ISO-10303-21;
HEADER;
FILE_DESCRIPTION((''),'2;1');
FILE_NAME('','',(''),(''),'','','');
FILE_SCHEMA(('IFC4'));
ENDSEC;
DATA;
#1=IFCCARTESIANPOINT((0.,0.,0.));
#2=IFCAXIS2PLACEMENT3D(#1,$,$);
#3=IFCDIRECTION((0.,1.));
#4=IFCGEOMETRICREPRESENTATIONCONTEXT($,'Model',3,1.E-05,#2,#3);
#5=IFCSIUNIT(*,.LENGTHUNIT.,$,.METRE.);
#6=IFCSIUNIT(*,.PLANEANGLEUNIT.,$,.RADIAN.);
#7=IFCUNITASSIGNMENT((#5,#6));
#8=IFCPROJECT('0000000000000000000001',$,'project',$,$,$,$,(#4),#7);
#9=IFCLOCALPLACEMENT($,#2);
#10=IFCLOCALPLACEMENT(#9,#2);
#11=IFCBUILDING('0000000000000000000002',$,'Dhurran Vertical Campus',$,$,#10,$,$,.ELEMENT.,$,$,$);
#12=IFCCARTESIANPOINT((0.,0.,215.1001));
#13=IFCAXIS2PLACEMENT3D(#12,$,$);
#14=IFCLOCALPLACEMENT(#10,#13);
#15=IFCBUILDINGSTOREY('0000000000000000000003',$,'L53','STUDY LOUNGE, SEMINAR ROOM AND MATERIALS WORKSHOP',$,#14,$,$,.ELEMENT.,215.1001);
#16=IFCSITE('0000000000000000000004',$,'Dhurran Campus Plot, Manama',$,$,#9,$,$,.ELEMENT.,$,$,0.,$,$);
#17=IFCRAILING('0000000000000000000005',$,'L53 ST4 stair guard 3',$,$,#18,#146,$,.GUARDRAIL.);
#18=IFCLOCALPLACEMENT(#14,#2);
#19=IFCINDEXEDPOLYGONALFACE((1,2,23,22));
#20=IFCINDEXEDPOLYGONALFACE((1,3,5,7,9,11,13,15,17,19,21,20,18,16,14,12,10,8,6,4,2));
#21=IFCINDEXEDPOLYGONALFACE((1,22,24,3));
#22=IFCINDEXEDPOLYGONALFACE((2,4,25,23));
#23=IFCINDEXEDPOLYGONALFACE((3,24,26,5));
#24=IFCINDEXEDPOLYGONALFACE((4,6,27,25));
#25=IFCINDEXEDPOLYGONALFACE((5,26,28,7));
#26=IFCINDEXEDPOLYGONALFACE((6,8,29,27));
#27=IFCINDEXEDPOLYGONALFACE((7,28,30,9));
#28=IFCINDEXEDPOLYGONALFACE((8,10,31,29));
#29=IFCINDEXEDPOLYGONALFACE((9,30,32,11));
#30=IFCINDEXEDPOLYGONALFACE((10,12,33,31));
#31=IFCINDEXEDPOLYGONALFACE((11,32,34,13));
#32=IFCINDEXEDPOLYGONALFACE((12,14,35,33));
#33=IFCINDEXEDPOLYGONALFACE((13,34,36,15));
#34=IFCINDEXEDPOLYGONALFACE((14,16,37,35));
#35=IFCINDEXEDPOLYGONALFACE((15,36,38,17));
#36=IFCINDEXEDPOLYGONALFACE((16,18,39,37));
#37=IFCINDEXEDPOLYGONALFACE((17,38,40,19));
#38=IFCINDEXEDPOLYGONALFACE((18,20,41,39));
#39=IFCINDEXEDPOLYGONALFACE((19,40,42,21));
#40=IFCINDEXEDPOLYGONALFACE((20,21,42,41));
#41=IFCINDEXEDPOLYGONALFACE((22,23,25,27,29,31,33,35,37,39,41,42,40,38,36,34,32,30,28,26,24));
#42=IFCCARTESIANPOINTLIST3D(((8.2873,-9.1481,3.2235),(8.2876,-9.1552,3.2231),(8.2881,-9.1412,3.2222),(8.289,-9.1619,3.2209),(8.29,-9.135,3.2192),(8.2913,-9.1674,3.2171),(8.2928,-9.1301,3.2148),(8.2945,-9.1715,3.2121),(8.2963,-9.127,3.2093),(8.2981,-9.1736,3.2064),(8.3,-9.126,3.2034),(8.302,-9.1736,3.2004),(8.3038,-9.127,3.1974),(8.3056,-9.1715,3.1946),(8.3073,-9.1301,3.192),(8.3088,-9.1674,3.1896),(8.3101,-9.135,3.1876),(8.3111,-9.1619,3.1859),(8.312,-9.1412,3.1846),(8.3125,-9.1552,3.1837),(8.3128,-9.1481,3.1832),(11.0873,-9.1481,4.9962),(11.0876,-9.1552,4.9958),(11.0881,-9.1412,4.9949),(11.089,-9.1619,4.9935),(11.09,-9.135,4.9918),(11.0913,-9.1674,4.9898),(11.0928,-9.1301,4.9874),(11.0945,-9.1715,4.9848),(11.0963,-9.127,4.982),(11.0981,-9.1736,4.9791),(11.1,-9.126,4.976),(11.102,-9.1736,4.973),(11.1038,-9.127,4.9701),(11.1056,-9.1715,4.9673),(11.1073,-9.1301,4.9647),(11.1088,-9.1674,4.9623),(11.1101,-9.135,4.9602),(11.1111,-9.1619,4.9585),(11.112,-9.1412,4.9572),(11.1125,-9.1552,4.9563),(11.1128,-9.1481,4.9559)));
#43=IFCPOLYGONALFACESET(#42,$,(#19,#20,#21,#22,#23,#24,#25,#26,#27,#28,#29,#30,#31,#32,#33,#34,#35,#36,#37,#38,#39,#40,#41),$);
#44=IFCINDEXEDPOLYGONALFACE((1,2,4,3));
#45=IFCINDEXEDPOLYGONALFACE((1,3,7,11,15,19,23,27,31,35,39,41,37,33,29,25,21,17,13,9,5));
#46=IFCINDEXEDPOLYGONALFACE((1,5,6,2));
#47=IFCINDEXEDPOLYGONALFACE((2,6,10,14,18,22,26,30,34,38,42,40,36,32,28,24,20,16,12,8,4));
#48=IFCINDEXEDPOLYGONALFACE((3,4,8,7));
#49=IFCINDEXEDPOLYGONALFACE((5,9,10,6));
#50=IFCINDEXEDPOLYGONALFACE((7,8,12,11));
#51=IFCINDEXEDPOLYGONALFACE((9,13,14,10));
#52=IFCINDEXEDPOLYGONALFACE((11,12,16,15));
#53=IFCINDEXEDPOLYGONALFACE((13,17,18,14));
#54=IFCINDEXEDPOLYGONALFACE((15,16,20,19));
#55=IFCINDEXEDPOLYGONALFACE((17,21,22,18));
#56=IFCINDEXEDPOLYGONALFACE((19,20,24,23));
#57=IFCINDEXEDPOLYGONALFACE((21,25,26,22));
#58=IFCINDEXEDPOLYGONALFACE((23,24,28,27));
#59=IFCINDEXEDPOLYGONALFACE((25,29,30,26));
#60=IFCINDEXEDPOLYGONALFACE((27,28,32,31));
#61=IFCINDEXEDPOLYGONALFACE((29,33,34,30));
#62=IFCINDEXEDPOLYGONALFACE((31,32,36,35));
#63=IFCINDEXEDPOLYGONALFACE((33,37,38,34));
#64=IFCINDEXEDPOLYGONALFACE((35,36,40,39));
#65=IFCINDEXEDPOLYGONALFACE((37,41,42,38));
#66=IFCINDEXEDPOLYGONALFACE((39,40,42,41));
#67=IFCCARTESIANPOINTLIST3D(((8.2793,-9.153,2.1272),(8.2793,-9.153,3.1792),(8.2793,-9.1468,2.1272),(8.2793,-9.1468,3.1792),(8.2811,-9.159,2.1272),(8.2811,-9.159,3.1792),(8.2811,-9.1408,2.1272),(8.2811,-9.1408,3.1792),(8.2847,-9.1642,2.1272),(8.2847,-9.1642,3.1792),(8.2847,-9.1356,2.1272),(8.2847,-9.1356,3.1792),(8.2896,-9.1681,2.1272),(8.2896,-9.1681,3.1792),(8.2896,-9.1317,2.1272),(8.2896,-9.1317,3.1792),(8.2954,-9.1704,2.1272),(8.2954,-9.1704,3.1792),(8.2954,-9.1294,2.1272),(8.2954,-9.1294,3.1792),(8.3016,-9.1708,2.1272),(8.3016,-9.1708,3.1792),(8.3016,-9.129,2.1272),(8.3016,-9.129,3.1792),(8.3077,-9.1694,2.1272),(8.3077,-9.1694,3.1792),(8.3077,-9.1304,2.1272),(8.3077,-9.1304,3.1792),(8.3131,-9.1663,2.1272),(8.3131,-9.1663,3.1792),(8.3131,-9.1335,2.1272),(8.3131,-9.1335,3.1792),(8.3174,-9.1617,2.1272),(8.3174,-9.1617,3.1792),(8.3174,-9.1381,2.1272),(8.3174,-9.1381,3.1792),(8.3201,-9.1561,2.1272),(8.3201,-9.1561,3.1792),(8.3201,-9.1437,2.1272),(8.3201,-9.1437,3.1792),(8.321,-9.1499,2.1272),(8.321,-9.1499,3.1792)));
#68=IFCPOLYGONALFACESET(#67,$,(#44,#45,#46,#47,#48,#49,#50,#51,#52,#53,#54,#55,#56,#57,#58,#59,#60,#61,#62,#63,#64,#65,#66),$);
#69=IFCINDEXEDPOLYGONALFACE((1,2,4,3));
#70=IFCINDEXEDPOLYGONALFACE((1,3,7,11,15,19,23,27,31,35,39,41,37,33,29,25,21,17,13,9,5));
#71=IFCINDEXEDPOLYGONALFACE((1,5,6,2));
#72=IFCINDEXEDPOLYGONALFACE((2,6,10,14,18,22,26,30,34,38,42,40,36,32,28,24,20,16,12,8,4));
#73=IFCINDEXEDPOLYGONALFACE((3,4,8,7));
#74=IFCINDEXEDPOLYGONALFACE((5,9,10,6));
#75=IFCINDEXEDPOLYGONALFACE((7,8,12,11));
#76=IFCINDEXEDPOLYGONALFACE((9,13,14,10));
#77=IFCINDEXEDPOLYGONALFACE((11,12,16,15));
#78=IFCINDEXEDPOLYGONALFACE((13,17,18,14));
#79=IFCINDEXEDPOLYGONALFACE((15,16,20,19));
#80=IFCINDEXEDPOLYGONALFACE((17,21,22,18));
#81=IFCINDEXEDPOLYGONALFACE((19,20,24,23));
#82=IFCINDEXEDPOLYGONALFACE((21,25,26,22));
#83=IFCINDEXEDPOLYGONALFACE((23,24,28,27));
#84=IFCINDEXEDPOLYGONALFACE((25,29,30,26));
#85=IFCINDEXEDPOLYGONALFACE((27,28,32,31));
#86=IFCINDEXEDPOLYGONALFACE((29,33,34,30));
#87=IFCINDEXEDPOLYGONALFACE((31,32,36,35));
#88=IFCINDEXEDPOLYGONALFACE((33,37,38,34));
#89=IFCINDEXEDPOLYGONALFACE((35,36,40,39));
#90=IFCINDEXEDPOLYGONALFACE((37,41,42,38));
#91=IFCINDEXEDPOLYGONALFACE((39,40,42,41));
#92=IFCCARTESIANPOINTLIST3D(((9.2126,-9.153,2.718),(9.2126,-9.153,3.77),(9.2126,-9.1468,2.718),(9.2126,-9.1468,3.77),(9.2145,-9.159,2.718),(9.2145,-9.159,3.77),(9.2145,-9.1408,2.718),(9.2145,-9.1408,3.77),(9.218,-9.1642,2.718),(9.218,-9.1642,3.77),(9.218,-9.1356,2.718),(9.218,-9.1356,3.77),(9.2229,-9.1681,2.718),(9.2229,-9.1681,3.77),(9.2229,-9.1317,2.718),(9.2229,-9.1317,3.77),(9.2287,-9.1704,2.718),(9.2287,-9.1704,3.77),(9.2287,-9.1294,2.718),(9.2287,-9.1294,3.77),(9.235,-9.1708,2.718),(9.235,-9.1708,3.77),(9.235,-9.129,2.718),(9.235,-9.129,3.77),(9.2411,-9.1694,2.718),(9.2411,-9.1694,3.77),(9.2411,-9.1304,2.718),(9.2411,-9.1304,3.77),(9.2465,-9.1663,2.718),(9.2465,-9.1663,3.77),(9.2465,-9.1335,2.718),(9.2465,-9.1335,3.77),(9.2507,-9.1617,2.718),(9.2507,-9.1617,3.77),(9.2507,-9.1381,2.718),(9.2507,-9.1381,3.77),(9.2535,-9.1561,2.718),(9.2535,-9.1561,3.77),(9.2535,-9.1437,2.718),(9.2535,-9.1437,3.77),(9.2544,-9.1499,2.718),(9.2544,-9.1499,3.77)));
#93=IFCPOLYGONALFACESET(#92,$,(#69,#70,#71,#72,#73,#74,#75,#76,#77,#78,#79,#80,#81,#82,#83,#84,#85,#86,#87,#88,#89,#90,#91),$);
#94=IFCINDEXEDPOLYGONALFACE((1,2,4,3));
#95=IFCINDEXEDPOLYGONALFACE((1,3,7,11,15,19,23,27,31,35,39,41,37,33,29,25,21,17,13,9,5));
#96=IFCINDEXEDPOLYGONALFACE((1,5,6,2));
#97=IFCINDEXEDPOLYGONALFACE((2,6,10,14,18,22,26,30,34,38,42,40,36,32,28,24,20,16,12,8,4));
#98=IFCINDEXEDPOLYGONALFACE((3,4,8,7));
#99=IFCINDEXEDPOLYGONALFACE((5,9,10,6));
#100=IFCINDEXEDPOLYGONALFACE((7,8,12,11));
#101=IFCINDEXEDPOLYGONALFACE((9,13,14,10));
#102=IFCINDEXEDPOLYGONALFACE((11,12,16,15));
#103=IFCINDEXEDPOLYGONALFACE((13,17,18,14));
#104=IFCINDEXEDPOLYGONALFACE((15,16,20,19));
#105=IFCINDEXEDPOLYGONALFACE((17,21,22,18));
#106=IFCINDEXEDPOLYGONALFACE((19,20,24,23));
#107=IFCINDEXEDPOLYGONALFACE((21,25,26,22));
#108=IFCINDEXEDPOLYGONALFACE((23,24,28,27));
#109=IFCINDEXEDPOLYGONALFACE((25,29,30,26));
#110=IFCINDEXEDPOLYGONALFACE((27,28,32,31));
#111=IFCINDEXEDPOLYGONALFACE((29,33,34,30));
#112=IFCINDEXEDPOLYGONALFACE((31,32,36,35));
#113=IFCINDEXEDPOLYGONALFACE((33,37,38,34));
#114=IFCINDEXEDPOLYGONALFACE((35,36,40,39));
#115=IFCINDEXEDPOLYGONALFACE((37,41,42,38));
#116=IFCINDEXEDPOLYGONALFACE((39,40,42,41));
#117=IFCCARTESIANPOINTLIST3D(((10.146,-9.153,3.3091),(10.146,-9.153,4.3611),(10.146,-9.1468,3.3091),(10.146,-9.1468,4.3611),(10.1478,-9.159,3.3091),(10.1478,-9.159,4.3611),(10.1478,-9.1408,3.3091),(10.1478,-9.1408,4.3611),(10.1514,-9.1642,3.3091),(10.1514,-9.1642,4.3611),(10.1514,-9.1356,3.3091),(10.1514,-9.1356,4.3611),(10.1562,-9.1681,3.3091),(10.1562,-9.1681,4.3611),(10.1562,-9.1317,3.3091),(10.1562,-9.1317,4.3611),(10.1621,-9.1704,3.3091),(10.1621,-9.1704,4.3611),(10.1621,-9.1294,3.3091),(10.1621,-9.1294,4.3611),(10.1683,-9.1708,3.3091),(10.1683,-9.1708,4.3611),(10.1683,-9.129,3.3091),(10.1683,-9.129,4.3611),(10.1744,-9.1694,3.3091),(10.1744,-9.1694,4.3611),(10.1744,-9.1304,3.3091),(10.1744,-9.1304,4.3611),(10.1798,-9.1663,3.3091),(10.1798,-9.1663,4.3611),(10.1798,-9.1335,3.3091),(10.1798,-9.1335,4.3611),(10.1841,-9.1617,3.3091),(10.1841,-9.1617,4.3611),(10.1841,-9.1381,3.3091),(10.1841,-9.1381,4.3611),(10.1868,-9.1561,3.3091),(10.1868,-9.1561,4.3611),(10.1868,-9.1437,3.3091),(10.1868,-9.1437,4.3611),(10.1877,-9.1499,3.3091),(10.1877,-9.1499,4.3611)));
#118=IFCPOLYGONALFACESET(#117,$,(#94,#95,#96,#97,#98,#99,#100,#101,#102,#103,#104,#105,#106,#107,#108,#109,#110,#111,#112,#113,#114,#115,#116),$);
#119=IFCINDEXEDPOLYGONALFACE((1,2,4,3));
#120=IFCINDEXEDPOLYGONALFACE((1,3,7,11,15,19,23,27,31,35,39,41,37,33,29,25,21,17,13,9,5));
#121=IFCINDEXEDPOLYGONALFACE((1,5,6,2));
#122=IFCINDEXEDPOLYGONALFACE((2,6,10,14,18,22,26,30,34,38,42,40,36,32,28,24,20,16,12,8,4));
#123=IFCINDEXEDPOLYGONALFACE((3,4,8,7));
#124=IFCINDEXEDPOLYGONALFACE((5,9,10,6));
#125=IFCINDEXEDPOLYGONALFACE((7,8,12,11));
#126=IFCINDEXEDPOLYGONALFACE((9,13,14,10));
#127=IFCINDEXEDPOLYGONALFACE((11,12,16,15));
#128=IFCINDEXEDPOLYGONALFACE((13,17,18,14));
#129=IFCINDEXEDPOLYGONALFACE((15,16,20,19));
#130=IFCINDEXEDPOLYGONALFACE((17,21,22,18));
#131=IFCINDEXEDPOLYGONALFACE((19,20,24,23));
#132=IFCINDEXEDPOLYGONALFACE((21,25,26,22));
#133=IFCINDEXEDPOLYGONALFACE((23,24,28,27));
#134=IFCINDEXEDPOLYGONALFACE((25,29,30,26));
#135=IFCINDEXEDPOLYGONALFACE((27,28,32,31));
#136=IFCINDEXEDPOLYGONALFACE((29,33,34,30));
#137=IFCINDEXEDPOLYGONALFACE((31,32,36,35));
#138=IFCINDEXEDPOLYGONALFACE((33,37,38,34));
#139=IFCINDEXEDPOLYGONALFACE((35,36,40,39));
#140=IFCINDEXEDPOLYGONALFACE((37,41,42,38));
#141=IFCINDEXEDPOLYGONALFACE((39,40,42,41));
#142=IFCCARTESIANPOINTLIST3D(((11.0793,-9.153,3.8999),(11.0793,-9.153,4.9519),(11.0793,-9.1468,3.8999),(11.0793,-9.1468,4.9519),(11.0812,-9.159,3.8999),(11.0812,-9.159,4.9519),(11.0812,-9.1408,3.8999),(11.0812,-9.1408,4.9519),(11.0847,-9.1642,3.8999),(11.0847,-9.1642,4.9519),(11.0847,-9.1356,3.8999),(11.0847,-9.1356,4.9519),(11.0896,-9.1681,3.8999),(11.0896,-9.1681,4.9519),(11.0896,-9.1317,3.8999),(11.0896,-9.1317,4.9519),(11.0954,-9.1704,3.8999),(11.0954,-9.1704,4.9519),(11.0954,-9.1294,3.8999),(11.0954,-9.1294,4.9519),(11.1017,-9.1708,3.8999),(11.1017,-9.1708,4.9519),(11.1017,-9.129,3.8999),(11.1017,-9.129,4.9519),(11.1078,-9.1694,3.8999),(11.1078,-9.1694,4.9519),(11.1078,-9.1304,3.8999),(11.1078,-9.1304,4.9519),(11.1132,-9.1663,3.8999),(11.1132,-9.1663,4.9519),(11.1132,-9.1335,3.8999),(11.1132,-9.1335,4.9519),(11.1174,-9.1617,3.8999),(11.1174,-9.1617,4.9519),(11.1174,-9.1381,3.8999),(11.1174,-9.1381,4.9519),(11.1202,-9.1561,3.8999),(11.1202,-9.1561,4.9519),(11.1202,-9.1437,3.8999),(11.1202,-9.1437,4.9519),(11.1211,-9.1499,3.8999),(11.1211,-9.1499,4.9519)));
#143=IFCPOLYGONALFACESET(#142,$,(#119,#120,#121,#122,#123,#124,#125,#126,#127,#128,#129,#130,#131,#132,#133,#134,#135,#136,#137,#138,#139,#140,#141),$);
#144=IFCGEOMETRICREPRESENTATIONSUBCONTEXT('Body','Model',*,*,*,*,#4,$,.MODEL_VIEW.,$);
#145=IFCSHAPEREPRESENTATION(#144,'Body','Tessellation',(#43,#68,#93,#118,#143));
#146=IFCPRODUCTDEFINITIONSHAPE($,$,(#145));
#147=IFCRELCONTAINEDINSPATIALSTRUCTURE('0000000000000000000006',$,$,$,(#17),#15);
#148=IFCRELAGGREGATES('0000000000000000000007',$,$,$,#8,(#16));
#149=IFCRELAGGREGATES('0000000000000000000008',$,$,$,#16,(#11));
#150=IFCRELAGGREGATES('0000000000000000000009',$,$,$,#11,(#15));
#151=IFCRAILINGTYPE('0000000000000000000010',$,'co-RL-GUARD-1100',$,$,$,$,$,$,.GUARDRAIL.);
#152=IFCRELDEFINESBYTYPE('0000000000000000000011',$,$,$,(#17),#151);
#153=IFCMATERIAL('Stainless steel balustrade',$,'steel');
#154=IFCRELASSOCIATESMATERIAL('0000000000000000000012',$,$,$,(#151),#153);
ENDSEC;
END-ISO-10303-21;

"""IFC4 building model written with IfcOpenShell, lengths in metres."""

from ifc_helpers import new_model, si_unit, direction, frame, origin, origin_2d, place, context, subcontext, project, spatial, circle, extrude, material, type_object, element, save


model = new_model("IFC4")

# Units and contexts
model_context = context("Model", 3, precision=1e-05, world=origin(), true_north=direction((0.0, 1.0)))
body_context = subcontext(model_context, "Body", "Model", "MODEL_VIEW")
ifc_project = project(units=[si_unit("LENGTHUNIT", "METRE"), si_unit("PLANEANGLEUNIT", "RADIAN")], contexts=[model_context])

# Site, building, storey
site_placement = place(None, origin())
site = spatial("IfcSite", under=ifc_project, at=site_placement, Name="Dhurran Campus Plot, Manama", CompositionType="ELEMENT", RefElevation=0.0)
building_placement = place(site_placement, origin())
building = spatial("IfcBuilding", under=site, at=building_placement, Name="Dhurran Vertical Campus", CompositionType="ELEMENT")
storey_placement = place(building_placement, frame((0.0, 0.0, 215.1001)))
storey = spatial("IfcBuildingStorey", under=building, at=storey_placement, Name="L53", Description="STUDY LOUNGE, SEMINAR ROOM AND MATERIALS WORKSHOP", CompositionType="ELEMENT", Elevation=215.1001)

# Railing
ifc_material_1 = material(Name="Stainless steel balustrade", Category="steel")
railing_type_1 = type_object("IfcRailingType", Name="co-RL-GUARD-1100", PredefinedType="GUARDRAIL", material=ifc_material_1)
railing_1_placement = place(storey_placement, frame((8.3, -9.1499, 2.1272)))
element("IfcRailing", 1, at=railing_1_placement, inside=storey, type_object=railing_type_1, Name="L53 ST4 stair guard 3", PredefinedType="GUARDRAIL", context=body_context, shape_type="SweptSolid", body=[
    extrude(circle(Radius=0.0239, at=origin_2d()), frame((0.0, 0.0, 1.0762), z_axis=(0.844909, 0.0, 0.53491), x_axis=(0.0, 1.0, 0.0)), (0.0, 0.0, 1.0), 3.314),
    extrude(circle(Radius=0.021, at=origin_2d()), origin(), (0.0, 0.0, 1.0), 1.052),
    extrude(circle(Radius=0.021, at=origin_2d()), frame((0.9333, 0.0, 0.5908)), (0.0, 0.0, 1.0), 1.052),
    extrude(circle(Radius=0.021, at=origin_2d()), frame((1.8667, 0.0, 1.1819)), (0.0, 0.0, 1.0), 1.052),
    extrude(circle(Radius=0.021, at=origin_2d()), frame((2.8, 0.0, 1.7727)), (0.0, 0.0, 1.0), 1.052),
])

save(model, "model.ifc")
